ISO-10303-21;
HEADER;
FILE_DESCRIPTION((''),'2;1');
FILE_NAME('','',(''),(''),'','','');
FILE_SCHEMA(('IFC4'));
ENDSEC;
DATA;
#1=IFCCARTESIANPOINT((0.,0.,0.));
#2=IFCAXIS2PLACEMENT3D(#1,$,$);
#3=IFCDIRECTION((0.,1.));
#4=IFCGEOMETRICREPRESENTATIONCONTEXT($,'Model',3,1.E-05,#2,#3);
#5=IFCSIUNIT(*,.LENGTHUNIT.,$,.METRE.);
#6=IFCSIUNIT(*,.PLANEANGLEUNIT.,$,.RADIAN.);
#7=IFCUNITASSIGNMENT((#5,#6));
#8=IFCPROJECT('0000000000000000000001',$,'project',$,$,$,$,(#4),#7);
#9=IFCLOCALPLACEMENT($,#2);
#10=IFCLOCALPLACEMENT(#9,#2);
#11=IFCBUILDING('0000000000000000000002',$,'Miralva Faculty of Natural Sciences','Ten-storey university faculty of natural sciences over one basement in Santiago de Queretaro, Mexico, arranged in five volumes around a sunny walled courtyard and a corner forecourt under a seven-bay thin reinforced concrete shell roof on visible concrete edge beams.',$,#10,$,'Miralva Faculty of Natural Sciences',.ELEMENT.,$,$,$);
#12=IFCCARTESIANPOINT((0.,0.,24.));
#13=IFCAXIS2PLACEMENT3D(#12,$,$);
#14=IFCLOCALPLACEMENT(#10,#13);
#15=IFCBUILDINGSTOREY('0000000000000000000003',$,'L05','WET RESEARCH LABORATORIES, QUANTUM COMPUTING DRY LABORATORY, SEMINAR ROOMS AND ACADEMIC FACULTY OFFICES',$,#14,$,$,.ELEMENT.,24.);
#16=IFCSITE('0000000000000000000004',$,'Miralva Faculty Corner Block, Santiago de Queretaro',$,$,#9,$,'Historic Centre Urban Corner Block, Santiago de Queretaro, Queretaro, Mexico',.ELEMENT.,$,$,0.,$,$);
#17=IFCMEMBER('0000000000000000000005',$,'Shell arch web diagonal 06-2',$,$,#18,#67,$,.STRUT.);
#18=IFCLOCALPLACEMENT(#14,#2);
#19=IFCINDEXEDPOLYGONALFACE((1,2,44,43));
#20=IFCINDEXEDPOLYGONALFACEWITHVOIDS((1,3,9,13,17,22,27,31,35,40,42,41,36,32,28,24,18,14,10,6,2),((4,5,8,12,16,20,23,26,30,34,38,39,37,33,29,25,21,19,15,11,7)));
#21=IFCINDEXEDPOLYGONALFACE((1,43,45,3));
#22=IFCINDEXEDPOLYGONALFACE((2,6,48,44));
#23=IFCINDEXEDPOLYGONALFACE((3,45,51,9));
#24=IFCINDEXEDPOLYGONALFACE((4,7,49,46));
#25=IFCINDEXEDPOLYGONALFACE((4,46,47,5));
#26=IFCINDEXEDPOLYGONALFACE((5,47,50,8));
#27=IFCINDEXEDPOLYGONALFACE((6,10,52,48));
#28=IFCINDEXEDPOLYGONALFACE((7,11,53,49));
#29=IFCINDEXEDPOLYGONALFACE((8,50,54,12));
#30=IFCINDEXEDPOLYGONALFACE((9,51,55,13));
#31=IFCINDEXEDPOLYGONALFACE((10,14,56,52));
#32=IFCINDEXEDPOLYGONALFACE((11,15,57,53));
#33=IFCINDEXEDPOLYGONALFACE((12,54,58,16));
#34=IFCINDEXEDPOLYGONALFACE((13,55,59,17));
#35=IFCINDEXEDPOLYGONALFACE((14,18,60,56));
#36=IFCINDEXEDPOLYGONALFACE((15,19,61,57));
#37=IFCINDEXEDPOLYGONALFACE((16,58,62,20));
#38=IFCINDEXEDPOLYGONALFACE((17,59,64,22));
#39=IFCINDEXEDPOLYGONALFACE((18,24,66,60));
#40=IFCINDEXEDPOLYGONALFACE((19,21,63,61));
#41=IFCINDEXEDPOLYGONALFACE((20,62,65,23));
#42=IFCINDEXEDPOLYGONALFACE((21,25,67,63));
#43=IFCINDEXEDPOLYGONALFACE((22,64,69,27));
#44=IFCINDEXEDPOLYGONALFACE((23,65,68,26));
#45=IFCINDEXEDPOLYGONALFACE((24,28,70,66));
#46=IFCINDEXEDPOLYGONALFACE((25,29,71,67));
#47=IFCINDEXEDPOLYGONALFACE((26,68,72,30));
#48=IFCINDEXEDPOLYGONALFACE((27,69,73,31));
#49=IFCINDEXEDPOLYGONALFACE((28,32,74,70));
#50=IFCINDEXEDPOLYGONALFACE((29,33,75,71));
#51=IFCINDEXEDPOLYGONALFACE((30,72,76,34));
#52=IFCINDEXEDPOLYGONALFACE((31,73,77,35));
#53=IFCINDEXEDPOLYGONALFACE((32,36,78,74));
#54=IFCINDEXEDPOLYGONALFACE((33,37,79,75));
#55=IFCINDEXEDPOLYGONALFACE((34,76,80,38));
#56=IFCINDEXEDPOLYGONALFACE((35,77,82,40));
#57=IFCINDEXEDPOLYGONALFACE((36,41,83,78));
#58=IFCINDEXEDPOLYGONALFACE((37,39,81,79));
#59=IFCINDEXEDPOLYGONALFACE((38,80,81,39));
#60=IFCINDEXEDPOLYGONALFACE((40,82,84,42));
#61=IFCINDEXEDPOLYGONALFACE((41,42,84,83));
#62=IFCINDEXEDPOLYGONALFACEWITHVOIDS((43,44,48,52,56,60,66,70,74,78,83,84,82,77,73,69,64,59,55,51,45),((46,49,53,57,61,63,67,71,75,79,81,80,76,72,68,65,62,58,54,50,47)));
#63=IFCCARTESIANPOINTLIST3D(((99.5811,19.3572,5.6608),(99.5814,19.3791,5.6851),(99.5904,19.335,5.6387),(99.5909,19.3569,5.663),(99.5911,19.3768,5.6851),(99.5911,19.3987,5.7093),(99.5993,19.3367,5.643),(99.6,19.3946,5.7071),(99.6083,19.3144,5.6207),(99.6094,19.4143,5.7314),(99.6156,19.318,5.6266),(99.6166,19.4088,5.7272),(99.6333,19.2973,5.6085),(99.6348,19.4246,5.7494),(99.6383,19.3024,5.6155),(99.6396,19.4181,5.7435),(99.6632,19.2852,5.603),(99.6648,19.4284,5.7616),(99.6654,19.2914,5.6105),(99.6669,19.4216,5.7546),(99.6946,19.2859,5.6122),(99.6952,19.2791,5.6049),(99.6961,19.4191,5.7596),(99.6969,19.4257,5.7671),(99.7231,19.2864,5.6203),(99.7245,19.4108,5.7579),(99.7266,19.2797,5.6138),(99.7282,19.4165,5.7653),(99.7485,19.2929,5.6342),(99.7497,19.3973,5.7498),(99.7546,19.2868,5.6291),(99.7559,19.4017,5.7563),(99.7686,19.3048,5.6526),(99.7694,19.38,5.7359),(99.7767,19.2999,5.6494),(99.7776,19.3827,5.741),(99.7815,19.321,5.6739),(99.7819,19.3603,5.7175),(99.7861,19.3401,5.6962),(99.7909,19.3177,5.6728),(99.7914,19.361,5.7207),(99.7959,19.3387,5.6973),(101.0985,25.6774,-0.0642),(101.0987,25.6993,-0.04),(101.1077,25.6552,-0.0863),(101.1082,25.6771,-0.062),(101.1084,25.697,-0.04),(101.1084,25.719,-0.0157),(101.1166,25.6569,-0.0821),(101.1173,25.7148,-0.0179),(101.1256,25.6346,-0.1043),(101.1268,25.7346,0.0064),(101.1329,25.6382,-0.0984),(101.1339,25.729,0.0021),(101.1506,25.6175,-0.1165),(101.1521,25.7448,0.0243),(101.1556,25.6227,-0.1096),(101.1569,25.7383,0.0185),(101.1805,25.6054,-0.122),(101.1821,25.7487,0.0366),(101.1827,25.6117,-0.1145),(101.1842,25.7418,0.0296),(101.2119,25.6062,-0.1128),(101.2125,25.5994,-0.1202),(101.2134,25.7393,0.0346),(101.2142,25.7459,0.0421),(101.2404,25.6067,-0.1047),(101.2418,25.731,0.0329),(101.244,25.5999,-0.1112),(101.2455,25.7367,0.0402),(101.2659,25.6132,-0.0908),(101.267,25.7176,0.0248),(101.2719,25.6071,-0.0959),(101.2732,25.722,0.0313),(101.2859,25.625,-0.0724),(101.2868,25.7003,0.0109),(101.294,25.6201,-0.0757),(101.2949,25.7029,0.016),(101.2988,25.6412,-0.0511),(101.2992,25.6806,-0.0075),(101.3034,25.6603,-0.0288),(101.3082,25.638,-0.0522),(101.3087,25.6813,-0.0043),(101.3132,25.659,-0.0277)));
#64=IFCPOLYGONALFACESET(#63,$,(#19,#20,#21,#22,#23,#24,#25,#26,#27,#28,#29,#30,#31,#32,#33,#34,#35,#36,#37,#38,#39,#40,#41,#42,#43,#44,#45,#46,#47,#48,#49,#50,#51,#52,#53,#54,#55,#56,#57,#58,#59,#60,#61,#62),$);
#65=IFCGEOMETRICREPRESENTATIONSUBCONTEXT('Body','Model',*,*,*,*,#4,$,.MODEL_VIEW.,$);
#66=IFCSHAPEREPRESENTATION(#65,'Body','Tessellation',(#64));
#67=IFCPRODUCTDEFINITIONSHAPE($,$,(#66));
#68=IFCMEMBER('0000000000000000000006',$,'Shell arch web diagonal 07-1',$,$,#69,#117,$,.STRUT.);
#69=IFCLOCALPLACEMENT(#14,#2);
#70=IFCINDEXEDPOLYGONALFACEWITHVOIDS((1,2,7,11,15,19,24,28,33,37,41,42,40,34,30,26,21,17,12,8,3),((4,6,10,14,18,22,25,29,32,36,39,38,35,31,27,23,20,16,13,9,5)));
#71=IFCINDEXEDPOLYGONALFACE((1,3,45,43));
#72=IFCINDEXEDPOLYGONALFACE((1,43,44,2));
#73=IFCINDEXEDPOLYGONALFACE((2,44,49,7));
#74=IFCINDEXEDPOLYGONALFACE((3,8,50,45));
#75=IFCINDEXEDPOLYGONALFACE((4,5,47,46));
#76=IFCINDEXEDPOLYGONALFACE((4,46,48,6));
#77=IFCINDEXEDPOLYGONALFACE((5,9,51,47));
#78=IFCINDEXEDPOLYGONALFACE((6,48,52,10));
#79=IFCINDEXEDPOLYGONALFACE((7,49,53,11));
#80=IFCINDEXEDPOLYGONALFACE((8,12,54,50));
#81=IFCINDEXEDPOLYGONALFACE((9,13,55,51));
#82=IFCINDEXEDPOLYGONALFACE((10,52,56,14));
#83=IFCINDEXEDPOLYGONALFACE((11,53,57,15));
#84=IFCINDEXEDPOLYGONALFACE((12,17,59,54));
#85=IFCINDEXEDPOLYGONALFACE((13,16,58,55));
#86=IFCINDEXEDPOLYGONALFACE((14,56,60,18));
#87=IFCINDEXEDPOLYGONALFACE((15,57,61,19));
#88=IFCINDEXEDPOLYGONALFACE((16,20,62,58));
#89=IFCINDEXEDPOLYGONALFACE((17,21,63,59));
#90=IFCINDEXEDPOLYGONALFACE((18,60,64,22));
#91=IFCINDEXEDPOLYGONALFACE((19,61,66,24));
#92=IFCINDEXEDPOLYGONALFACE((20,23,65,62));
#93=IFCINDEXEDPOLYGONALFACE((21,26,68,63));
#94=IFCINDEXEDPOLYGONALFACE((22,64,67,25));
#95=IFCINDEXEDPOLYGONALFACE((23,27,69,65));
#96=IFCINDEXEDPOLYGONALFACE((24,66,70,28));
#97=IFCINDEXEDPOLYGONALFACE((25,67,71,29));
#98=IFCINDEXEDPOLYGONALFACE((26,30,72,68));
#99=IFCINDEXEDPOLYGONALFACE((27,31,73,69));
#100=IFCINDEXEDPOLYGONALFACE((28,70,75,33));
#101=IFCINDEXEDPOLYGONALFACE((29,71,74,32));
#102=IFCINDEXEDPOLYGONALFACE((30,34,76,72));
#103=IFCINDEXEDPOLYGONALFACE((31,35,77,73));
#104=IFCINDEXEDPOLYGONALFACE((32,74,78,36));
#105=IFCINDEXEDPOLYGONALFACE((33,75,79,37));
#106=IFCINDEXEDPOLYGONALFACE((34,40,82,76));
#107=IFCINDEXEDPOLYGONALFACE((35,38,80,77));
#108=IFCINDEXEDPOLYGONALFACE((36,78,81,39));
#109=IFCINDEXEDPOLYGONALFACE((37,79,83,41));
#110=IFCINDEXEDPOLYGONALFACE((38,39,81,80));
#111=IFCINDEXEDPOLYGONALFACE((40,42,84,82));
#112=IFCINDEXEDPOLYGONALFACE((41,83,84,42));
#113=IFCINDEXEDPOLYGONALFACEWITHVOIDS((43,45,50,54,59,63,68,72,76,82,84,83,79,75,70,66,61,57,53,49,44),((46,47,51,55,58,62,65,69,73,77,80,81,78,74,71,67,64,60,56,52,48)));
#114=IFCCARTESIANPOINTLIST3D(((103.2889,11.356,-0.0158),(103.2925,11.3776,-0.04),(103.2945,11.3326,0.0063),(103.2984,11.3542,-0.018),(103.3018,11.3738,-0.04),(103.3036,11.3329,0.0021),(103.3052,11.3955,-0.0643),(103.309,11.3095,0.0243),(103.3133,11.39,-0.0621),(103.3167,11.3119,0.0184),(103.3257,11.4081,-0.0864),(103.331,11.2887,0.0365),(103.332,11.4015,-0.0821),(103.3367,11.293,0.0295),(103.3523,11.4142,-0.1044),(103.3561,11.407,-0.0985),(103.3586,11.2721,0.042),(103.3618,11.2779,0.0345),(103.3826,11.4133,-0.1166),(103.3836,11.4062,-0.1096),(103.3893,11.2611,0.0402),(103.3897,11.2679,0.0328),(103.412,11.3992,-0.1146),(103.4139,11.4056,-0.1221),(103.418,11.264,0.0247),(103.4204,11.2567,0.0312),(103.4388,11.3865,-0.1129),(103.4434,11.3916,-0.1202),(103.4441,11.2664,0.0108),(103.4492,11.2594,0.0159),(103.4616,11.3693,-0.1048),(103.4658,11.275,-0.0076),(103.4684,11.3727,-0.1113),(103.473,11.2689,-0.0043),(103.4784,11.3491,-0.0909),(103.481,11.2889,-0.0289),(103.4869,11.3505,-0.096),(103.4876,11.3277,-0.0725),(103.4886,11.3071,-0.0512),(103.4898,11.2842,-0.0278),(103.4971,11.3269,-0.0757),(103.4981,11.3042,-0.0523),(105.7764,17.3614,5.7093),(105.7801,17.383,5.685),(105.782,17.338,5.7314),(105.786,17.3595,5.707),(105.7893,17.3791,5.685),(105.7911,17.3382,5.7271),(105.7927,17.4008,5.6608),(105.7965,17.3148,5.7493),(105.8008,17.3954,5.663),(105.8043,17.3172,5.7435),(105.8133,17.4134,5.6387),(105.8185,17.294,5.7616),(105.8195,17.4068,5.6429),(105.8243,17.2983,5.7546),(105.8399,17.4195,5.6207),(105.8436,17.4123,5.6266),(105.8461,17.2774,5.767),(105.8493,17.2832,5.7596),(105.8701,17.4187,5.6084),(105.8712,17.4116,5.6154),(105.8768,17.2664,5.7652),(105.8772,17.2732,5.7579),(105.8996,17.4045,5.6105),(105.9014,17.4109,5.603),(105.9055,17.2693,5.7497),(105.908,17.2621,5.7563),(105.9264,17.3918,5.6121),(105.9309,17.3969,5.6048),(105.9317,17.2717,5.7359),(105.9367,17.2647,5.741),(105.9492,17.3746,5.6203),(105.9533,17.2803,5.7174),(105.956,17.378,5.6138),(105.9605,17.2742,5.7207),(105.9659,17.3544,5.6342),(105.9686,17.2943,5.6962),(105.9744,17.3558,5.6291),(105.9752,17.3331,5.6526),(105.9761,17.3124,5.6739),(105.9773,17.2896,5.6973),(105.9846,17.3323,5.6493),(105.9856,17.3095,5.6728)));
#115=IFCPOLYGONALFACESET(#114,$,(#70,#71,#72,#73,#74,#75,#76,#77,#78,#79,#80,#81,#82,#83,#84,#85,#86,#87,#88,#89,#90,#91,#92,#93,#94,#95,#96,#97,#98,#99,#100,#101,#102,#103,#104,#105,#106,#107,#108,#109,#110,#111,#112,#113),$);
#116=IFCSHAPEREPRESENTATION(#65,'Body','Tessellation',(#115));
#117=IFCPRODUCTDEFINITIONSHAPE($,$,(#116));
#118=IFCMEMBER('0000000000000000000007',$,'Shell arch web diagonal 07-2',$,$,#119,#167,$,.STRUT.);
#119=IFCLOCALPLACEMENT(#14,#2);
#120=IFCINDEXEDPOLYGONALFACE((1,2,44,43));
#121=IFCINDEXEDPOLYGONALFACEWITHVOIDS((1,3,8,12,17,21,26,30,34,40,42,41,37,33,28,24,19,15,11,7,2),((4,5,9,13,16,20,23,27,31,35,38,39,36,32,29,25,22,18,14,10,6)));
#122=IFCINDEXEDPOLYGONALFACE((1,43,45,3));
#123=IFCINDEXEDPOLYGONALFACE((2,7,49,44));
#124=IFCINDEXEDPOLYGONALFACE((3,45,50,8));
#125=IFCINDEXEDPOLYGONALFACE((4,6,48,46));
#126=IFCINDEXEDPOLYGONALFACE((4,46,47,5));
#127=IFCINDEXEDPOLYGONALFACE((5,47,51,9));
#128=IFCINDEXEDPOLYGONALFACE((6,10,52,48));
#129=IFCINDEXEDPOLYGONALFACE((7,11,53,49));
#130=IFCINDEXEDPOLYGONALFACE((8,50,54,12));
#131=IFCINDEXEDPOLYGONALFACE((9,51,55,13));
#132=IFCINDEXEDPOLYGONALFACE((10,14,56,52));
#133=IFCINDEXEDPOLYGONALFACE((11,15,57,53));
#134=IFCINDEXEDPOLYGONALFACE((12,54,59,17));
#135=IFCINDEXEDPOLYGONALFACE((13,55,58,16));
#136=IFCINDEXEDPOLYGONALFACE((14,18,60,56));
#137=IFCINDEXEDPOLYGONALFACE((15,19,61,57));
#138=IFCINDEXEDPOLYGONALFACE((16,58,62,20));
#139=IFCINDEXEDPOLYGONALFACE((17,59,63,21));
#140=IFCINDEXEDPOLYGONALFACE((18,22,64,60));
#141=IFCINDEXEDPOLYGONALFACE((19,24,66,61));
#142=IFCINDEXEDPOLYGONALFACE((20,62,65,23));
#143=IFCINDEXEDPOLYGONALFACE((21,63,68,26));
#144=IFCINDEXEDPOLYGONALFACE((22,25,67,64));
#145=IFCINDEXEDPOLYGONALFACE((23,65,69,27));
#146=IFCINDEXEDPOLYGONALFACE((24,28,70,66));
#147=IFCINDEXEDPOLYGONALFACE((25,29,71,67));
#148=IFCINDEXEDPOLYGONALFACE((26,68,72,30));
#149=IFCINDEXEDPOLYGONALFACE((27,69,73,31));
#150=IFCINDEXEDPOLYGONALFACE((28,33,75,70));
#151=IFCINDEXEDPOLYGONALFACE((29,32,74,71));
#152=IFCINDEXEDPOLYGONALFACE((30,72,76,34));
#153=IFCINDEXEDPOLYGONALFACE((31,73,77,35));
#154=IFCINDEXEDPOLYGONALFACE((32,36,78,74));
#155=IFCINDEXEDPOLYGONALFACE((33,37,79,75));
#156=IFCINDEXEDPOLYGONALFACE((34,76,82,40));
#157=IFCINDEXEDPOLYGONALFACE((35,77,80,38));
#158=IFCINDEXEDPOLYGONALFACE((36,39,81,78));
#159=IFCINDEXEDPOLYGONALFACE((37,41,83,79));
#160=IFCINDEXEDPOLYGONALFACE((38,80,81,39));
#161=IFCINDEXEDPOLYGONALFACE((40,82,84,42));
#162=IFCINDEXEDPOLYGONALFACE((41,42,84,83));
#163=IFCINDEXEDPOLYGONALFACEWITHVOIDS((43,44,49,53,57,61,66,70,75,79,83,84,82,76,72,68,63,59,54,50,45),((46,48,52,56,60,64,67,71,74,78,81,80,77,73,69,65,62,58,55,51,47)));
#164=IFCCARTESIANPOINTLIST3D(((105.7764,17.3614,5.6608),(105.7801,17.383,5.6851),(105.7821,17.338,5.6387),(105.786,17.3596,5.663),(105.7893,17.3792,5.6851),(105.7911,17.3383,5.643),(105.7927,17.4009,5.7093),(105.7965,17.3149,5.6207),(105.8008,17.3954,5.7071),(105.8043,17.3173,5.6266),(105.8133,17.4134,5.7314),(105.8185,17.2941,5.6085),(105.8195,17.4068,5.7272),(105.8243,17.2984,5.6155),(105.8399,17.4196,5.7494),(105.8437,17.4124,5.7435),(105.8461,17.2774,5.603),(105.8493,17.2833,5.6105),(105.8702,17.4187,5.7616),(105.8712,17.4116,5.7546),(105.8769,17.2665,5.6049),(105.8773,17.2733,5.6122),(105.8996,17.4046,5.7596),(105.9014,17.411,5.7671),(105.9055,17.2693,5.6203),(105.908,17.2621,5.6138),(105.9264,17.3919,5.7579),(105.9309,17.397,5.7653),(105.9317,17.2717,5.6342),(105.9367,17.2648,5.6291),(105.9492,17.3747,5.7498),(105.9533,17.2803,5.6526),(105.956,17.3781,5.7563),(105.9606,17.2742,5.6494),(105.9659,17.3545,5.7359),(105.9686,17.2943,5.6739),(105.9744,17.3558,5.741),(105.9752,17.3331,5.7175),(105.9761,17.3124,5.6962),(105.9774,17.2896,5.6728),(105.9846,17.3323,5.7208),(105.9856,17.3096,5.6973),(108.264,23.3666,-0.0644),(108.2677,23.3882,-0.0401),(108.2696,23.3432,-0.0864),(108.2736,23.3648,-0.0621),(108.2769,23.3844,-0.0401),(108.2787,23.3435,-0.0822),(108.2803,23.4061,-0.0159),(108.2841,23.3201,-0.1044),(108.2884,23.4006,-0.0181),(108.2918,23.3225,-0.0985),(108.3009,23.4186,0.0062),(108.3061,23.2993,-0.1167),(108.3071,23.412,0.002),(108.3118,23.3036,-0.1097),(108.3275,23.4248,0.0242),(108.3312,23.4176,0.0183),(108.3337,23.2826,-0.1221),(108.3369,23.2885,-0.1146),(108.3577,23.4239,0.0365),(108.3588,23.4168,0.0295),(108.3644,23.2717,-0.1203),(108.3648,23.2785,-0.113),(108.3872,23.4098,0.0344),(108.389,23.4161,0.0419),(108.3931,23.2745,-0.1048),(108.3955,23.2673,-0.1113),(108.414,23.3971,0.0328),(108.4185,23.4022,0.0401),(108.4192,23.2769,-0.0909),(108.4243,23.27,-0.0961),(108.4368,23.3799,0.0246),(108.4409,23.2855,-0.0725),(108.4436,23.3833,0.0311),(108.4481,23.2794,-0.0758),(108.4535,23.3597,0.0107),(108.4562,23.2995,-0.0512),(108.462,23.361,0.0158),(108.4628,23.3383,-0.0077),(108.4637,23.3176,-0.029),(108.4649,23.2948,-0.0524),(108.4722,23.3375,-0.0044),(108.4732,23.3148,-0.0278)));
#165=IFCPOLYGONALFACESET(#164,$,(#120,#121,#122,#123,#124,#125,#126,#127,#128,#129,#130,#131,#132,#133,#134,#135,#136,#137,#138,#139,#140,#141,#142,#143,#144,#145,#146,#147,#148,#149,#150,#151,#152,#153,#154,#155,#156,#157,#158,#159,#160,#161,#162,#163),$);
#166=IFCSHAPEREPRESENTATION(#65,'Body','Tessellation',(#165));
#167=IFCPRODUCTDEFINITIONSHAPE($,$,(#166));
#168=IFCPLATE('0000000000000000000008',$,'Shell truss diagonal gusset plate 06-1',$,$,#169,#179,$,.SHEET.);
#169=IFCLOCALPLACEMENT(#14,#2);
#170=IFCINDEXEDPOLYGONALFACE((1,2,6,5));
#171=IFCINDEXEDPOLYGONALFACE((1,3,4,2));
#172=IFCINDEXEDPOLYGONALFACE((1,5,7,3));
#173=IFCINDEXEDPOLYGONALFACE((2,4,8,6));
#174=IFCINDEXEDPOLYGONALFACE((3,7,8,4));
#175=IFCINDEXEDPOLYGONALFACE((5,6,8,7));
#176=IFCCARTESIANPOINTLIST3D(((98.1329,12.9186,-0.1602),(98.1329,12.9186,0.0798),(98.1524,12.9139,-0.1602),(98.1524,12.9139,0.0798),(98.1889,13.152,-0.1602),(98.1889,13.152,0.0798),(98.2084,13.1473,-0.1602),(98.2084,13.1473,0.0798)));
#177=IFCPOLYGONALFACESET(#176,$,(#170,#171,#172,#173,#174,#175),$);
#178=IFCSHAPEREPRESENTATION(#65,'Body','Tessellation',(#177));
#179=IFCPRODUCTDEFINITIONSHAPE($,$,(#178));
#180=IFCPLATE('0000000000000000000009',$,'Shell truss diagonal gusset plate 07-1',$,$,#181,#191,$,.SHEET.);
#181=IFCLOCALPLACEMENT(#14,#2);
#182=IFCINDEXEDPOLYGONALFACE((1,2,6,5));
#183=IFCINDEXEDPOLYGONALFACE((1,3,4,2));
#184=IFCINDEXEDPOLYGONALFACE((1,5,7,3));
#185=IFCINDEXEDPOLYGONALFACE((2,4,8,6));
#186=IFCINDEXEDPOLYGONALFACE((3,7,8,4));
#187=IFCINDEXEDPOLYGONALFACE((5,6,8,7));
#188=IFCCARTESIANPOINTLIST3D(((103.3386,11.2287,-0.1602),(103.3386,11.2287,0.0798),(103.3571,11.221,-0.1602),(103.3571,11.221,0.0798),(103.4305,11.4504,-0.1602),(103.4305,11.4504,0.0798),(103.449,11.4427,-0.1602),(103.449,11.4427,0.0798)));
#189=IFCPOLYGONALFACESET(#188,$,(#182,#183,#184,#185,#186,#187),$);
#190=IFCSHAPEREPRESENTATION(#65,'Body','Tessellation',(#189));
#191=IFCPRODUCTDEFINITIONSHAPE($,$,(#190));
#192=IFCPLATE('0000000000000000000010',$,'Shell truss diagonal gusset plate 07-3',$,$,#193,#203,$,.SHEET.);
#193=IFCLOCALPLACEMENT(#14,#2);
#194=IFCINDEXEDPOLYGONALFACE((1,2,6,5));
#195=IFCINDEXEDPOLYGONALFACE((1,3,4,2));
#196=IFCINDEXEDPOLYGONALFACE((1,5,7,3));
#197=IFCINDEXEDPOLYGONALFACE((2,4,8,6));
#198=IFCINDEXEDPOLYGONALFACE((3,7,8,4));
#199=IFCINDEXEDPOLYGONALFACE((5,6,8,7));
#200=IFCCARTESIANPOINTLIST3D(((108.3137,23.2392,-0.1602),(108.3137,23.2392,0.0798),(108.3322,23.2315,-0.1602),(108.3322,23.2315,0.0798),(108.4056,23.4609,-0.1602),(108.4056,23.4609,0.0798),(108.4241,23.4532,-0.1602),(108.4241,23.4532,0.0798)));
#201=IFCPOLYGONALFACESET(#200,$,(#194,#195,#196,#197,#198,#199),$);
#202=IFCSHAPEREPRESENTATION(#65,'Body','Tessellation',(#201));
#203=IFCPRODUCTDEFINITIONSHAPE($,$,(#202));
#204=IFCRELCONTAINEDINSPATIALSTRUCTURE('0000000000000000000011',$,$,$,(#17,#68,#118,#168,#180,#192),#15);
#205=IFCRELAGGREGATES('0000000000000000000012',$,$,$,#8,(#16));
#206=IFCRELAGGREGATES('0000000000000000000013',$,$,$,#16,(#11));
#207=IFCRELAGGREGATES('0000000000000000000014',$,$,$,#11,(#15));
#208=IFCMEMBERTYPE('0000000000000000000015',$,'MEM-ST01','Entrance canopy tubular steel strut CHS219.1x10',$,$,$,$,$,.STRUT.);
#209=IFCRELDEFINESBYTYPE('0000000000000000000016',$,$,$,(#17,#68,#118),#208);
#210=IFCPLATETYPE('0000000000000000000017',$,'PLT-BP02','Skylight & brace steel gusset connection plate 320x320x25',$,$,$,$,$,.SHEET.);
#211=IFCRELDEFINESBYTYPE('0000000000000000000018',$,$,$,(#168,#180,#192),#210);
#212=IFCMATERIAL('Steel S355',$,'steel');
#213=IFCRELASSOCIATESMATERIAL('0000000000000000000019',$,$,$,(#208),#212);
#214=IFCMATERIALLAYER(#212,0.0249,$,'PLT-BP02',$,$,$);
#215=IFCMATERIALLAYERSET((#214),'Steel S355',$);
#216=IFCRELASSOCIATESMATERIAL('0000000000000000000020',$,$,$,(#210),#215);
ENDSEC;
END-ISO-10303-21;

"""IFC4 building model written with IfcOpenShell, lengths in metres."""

from ifc_helpers import new_model, si_unit, direction, frame, origin, origin_2d, place, context, subcontext, project, spatial, rectangle, hollow_circle, extrude, material, layer, layer_set, material_profile, profile_set, type_object, element, save


model = new_model("IFC4")

# Units and contexts
model_context = context("Model", 3, precision=1e-05, world=origin(), true_north=direction((0.0, 1.0)))
body_context = subcontext(model_context, "Body", "Model", "MODEL_VIEW")
ifc_project = project(units=[si_unit("LENGTHUNIT", "METRE"), si_unit("PLANEANGLEUNIT", "RADIAN")], contexts=[model_context])

# Site, building, storey
site_placement = place(None, origin())
site = spatial("IfcSite", under=ifc_project, at=site_placement, Name="Miralva Faculty Corner Block, Santiago de Queretaro", LongName="Historic Centre Urban Corner Block, Santiago de Queretaro, Queretaro, Mexico", CompositionType="ELEMENT", RefElevation=0.0)
building_placement = place(site_placement, origin())
building = spatial("IfcBuilding", under=site, at=building_placement, Name="Miralva Faculty of Natural Sciences", Description="Ten-storey university faculty of natural sciences over one basement in Santiago de Queretaro, Mexico, arranged in five volumes around a sunny walled courtyard and a corner forecourt under a seven-bay thin reinforced concrete shell roof on visible concrete edge beams.", LongName="Miralva Faculty of Natural Sciences", CompositionType="ELEMENT")
storey_placement = place(building_placement, frame((0.0, 0.0, 24.0)))
storey = spatial("IfcBuildingStorey", under=building, at=storey_placement, Name="L05", Description="WET RESEARCH LABORATORIES, QUANTUM COMPUTING DRY LABORATORY, SEMINAR ROOMS AND ACADEMIC FACULTY OFFICES", CompositionType="ELEMENT", Elevation=24.0)

# Shared definitions
ifc_material_1 = material(Name="Steel S355", Category="steel")

# Members
ifc_material_profile_1 = material_profile(ifc_material_1, hollow_circle(Radius=0.1096, WallThickness=0.01, at=origin_2d()), Name="CHS 219.1x10")
ifc_profile_set_1 = profile_set([ifc_material_profile_1], Name="Steel S355")
member_type_1 = type_object("IfcMemberType", Name="MEM-ST01", Description="Entrance canopy tubular steel strut CHS219.1x10", PredefinedType="STRUT", material=ifc_profile_set_1)
member_1_placement = place(storey_placement, frame((99.688, 19.3535, 5.6851), z_axis=(0.175177, 0.729683, -0.660965), x_axis=(-0.972371, 0.23344, 0.0)))
element("IfcMember", 1, at=member_1_placement, inside=storey, type_object=member_type_1, Name="Shell arch web diagonal 06-2", PredefinedType="STRUT", context=body_context, shape_type="SweptSolid", body=[
    extrude(hollow_circle(Radius=0.1096, WallThickness=0.01, at=origin_2d()), origin(), (0.0, 0.0, 1.0), 8.6616),
])
for number, where, z_axis, x_axis, name in (
    (2, (103.3938, 11.3357, -0.04), (0.287182, 0.693306, 0.660949), (-0.923877, 0.382689, 0.0), "Shell arch web diagonal 07-1"),
    (3, (105.8813, 17.3411, 5.6851), (0.287187, 0.693291, -0.660962), (-0.923872, 0.382702, 0.0), "Shell arch web diagonal 07-2"),
):
    element("IfcMember", number, at=place(storey_placement, frame(where, z_axis=z_axis, x_axis=x_axis)), inside=storey, type_object=member_type_1, Name=name, PredefinedType="STRUT", context=body_context, shape_type="SweptSolid", body=[
        extrude(hollow_circle(Radius=0.1096, WallThickness=0.01, at=origin_2d()), origin(), (0.0, 0.0, 1.0), 8.6619),
    ])

# Plates
ifc_layer_1 = layer(ifc_material_1, 0.0249, Name="PLT-BP02")
ifc_layer_set_1 = layer_set([ifc_layer_1], Name="Steel S355")
plate_type_1 = type_object("IfcPlateType", Name="PLT-BP02", Description="Skylight & brace steel gusset connection plate 320x320x25", PredefinedType="SHEET", material=ifc_layer_set_1)
for number, where, z_axis, x_axis, name in (
    (4, (98.1707, 13.033, -0.1602), (0.0, 0.0, 1.0), (0.233445, 0.97237, 0.0), "Shell truss diagonal gusset plate 06-1"),
    (5, (103.3938, 11.3357, -0.1602), (0.0, 0.0, 1.0), (0.382683, 0.92388, 0.0), "Shell truss diagonal gusset plate 07-1"),
    (6, (108.3689, 23.3462, -0.1602), (0.0, 0.0, 1.0), (0.382683, 0.92388, 0.0), "Shell truss diagonal gusset plate 07-3"),
):
    element("IfcPlate", number, at=place(storey_placement, frame(where, z_axis=z_axis, x_axis=x_axis)), inside=storey, type_object=plate_type_1, Name=name, PredefinedType="SHEET", context=body_context, shape_type="SweptSolid", body=[
        extrude(rectangle(XDim=0.24, YDim=0.02, at=origin_2d()), origin(), (0.0, 0.0, 1.0), 0.24),
    ])

save(model, "model.ifc")
